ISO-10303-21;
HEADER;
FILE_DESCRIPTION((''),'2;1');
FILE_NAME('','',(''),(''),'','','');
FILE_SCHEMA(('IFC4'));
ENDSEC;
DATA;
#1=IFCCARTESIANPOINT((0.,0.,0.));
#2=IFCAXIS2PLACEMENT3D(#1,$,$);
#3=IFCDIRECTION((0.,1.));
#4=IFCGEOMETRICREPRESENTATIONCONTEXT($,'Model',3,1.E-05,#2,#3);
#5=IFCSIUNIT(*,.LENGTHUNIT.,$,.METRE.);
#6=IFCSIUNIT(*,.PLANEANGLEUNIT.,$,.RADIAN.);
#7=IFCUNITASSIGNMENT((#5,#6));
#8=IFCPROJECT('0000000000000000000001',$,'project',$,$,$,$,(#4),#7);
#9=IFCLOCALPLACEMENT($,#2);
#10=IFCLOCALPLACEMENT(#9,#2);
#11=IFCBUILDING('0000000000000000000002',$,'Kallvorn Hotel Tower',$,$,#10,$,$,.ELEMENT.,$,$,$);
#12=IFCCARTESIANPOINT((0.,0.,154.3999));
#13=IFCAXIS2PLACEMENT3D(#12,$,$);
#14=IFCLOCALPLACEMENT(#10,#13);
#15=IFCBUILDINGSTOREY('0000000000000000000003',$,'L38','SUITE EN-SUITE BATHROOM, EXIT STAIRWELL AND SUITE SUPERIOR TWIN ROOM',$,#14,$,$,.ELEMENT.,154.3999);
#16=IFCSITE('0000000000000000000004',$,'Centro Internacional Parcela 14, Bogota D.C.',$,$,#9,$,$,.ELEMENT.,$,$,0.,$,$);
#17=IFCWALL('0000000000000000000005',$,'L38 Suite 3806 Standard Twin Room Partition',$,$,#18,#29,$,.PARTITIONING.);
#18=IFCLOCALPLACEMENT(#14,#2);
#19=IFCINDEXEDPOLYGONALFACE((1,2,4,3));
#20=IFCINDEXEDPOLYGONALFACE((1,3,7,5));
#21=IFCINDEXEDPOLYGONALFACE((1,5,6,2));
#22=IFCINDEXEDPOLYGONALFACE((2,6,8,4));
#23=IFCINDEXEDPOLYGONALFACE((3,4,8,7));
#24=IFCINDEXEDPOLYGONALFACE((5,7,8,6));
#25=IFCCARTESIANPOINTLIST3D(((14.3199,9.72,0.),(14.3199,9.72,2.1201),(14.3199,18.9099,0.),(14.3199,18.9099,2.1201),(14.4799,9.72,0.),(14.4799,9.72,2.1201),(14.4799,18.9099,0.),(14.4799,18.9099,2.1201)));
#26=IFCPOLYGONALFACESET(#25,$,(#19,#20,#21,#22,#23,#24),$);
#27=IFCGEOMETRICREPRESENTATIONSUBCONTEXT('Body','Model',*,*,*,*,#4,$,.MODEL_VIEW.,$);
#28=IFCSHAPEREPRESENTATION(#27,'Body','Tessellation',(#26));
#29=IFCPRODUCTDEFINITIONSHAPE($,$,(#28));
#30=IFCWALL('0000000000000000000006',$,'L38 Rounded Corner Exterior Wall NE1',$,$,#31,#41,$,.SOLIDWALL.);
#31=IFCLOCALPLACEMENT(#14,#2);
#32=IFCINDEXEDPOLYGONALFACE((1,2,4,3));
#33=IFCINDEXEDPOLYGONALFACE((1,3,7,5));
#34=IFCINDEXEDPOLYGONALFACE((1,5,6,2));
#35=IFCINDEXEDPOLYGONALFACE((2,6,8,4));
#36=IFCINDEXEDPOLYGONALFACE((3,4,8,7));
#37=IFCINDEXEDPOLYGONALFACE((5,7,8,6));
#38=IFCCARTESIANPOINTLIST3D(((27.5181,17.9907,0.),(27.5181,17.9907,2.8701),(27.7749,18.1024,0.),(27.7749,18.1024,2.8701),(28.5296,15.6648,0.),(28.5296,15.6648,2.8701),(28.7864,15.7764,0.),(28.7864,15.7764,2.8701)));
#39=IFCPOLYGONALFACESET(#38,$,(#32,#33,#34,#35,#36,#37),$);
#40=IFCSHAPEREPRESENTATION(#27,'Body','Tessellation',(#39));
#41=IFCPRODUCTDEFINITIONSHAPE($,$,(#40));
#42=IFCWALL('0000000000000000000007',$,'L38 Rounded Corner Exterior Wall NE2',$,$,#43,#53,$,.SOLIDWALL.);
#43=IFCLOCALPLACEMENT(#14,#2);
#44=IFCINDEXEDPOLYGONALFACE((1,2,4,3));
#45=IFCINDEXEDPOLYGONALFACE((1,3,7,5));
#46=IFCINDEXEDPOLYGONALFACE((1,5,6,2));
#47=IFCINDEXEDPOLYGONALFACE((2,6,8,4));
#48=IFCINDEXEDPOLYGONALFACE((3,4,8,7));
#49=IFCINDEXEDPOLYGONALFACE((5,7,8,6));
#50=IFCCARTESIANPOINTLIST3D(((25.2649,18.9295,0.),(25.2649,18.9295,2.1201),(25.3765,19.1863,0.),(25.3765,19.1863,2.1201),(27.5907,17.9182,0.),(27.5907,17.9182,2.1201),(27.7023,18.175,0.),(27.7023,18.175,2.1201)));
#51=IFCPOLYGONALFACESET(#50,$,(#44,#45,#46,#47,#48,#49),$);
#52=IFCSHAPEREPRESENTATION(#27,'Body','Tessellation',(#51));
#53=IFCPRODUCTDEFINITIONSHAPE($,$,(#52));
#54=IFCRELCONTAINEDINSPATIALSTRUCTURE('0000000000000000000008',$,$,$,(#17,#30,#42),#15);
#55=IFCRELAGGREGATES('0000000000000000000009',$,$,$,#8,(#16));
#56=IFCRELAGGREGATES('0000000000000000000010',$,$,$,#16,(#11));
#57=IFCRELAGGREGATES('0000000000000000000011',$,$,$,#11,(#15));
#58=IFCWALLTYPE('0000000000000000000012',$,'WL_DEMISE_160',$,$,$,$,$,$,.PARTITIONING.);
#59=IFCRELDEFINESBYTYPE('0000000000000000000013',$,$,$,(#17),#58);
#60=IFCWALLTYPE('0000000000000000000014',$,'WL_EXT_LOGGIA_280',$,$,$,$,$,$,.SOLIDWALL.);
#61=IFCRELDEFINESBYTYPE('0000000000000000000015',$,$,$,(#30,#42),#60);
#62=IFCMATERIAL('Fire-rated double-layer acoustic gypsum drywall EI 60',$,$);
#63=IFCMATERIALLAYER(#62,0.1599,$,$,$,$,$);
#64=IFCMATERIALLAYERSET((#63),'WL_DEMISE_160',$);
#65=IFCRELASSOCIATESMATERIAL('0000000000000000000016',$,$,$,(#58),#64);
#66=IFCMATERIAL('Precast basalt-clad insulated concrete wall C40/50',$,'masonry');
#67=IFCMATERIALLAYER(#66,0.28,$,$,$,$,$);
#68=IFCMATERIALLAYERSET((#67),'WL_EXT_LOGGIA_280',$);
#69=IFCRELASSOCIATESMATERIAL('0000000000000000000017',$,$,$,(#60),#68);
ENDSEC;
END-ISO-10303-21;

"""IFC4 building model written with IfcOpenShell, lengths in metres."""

from ifc_helpers import new_model, si_unit, direction, frame, frame_2d, origin, place, context, subcontext, project, spatial, rectangle, extrude, material, layer, layer_set, type_object, element, save


model = new_model("IFC4")

# Units and contexts
model_context = context("Model", 3, precision=1e-05, world=origin(), true_north=direction((0.0, 1.0)))
body_context = subcontext(model_context, "Body", "Model", "MODEL_VIEW")
ifc_project = project(units=[si_unit("LENGTHUNIT", "METRE"), si_unit("PLANEANGLEUNIT", "RADIAN")], contexts=[model_context])

# Site, building, storey
site_placement = place(None, origin())
site = spatial("IfcSite", under=ifc_project, at=site_placement, Name="Centro Internacional Parcela 14, Bogota D.C.", CompositionType="ELEMENT", RefElevation=0.0)
building_placement = place(site_placement, origin())
building = spatial("IfcBuilding", under=site, at=building_placement, Name="Kallvorn Hotel Tower", CompositionType="ELEMENT")
storey_placement = place(building_placement, frame((0.0, 0.0, 154.3999)))
storey = spatial("IfcBuildingStorey", under=building, at=storey_placement, Name="L38", Description="SUITE EN-SUITE BATHROOM, EXIT STAIRWELL AND SUITE SUPERIOR TWIN ROOM", CompositionType="ELEMENT", Elevation=154.3999)

# Shared definitions
ifc_material_1 = material(Name="Fire-rated double-layer acoustic gypsum drywall EI 60")
ifc_layer_1 = layer(ifc_material_1, 0.1599)
ifc_layer_set_1 = layer_set([ifc_layer_1], Name="WL_DEMISE_160")
wall_type_1 = type_object("IfcWallType", Name="WL_DEMISE_160", PredefinedType="PARTITIONING", material=ifc_layer_set_1)

# Walls
wall_1_placement = place(storey_placement, frame((14.3999, 9.72, 0.0), z_axis=(0.0, 0.0, 1.0), x_axis=(0.0, 1.0, 0.0)))
element("IfcWall", 1, at=wall_1_placement, inside=storey, type_object=wall_type_1, Name="L38 Suite 3806 Standard Twin Room Partition", PredefinedType="PARTITIONING", context=body_context, shape_type="SweptSolid", body=[
    extrude(rectangle(XDim=9.1899, YDim=0.1599, at=frame_2d((4.595, 0.0))), origin(), (0.0, 0.0, 1.0), 2.1201),
])
ifc_material_2 = material(Name="Precast basalt-clad insulated concrete wall C40/50", Category="masonry")
ifc_layer_2 = layer(ifc_material_2, 0.28)
ifc_layer_set_2 = layer_set([ifc_layer_2], Name="WL_EXT_LOGGIA_280")
wall_type_2 = type_object("IfcWallType", Name="WL_EXT_LOGGIA_280", PredefinedType="SOLIDWALL", material=ifc_layer_set_2)
wall_2_placement = place(storey_placement, frame((28.658, 15.7207, 0.0), z_axis=(0.0, 0.0, 1.0), x_axis=(-0.398793, 0.917041, 0.0)))
element("IfcWall", 2, at=wall_2_placement, inside=storey, type_object=wall_type_2, Name="L38 Rounded Corner Exterior Wall NE1", PredefinedType="SOLIDWALL", context=body_context, shape_type="SweptSolid", body=[
    extrude(rectangle(XDim=2.5364, YDim=0.28, at=frame_2d((1.2681, 0.0))), origin(), (0.0, 0.0, 1.0), 2.8701),
])
wall_3_placement = place(storey_placement, frame((27.6465, 18.0466, 0.0), z_axis=(0.0, 0.0, 1.0), x_axis=(-0.917061, 0.398747, 0.0)))
element("IfcWall", 3, at=wall_3_placement, inside=storey, type_object=wall_type_2, Name="L38 Rounded Corner Exterior Wall NE2", PredefinedType="SOLIDWALL", context=body_context, shape_type="SweptSolid", body=[
    extrude(rectangle(XDim=2.5361, YDim=0.28, at=frame_2d((1.2681, 0.0))), origin(), (0.0, 0.0, 1.0), 2.1201),
])

save(model, "model.ifc")
